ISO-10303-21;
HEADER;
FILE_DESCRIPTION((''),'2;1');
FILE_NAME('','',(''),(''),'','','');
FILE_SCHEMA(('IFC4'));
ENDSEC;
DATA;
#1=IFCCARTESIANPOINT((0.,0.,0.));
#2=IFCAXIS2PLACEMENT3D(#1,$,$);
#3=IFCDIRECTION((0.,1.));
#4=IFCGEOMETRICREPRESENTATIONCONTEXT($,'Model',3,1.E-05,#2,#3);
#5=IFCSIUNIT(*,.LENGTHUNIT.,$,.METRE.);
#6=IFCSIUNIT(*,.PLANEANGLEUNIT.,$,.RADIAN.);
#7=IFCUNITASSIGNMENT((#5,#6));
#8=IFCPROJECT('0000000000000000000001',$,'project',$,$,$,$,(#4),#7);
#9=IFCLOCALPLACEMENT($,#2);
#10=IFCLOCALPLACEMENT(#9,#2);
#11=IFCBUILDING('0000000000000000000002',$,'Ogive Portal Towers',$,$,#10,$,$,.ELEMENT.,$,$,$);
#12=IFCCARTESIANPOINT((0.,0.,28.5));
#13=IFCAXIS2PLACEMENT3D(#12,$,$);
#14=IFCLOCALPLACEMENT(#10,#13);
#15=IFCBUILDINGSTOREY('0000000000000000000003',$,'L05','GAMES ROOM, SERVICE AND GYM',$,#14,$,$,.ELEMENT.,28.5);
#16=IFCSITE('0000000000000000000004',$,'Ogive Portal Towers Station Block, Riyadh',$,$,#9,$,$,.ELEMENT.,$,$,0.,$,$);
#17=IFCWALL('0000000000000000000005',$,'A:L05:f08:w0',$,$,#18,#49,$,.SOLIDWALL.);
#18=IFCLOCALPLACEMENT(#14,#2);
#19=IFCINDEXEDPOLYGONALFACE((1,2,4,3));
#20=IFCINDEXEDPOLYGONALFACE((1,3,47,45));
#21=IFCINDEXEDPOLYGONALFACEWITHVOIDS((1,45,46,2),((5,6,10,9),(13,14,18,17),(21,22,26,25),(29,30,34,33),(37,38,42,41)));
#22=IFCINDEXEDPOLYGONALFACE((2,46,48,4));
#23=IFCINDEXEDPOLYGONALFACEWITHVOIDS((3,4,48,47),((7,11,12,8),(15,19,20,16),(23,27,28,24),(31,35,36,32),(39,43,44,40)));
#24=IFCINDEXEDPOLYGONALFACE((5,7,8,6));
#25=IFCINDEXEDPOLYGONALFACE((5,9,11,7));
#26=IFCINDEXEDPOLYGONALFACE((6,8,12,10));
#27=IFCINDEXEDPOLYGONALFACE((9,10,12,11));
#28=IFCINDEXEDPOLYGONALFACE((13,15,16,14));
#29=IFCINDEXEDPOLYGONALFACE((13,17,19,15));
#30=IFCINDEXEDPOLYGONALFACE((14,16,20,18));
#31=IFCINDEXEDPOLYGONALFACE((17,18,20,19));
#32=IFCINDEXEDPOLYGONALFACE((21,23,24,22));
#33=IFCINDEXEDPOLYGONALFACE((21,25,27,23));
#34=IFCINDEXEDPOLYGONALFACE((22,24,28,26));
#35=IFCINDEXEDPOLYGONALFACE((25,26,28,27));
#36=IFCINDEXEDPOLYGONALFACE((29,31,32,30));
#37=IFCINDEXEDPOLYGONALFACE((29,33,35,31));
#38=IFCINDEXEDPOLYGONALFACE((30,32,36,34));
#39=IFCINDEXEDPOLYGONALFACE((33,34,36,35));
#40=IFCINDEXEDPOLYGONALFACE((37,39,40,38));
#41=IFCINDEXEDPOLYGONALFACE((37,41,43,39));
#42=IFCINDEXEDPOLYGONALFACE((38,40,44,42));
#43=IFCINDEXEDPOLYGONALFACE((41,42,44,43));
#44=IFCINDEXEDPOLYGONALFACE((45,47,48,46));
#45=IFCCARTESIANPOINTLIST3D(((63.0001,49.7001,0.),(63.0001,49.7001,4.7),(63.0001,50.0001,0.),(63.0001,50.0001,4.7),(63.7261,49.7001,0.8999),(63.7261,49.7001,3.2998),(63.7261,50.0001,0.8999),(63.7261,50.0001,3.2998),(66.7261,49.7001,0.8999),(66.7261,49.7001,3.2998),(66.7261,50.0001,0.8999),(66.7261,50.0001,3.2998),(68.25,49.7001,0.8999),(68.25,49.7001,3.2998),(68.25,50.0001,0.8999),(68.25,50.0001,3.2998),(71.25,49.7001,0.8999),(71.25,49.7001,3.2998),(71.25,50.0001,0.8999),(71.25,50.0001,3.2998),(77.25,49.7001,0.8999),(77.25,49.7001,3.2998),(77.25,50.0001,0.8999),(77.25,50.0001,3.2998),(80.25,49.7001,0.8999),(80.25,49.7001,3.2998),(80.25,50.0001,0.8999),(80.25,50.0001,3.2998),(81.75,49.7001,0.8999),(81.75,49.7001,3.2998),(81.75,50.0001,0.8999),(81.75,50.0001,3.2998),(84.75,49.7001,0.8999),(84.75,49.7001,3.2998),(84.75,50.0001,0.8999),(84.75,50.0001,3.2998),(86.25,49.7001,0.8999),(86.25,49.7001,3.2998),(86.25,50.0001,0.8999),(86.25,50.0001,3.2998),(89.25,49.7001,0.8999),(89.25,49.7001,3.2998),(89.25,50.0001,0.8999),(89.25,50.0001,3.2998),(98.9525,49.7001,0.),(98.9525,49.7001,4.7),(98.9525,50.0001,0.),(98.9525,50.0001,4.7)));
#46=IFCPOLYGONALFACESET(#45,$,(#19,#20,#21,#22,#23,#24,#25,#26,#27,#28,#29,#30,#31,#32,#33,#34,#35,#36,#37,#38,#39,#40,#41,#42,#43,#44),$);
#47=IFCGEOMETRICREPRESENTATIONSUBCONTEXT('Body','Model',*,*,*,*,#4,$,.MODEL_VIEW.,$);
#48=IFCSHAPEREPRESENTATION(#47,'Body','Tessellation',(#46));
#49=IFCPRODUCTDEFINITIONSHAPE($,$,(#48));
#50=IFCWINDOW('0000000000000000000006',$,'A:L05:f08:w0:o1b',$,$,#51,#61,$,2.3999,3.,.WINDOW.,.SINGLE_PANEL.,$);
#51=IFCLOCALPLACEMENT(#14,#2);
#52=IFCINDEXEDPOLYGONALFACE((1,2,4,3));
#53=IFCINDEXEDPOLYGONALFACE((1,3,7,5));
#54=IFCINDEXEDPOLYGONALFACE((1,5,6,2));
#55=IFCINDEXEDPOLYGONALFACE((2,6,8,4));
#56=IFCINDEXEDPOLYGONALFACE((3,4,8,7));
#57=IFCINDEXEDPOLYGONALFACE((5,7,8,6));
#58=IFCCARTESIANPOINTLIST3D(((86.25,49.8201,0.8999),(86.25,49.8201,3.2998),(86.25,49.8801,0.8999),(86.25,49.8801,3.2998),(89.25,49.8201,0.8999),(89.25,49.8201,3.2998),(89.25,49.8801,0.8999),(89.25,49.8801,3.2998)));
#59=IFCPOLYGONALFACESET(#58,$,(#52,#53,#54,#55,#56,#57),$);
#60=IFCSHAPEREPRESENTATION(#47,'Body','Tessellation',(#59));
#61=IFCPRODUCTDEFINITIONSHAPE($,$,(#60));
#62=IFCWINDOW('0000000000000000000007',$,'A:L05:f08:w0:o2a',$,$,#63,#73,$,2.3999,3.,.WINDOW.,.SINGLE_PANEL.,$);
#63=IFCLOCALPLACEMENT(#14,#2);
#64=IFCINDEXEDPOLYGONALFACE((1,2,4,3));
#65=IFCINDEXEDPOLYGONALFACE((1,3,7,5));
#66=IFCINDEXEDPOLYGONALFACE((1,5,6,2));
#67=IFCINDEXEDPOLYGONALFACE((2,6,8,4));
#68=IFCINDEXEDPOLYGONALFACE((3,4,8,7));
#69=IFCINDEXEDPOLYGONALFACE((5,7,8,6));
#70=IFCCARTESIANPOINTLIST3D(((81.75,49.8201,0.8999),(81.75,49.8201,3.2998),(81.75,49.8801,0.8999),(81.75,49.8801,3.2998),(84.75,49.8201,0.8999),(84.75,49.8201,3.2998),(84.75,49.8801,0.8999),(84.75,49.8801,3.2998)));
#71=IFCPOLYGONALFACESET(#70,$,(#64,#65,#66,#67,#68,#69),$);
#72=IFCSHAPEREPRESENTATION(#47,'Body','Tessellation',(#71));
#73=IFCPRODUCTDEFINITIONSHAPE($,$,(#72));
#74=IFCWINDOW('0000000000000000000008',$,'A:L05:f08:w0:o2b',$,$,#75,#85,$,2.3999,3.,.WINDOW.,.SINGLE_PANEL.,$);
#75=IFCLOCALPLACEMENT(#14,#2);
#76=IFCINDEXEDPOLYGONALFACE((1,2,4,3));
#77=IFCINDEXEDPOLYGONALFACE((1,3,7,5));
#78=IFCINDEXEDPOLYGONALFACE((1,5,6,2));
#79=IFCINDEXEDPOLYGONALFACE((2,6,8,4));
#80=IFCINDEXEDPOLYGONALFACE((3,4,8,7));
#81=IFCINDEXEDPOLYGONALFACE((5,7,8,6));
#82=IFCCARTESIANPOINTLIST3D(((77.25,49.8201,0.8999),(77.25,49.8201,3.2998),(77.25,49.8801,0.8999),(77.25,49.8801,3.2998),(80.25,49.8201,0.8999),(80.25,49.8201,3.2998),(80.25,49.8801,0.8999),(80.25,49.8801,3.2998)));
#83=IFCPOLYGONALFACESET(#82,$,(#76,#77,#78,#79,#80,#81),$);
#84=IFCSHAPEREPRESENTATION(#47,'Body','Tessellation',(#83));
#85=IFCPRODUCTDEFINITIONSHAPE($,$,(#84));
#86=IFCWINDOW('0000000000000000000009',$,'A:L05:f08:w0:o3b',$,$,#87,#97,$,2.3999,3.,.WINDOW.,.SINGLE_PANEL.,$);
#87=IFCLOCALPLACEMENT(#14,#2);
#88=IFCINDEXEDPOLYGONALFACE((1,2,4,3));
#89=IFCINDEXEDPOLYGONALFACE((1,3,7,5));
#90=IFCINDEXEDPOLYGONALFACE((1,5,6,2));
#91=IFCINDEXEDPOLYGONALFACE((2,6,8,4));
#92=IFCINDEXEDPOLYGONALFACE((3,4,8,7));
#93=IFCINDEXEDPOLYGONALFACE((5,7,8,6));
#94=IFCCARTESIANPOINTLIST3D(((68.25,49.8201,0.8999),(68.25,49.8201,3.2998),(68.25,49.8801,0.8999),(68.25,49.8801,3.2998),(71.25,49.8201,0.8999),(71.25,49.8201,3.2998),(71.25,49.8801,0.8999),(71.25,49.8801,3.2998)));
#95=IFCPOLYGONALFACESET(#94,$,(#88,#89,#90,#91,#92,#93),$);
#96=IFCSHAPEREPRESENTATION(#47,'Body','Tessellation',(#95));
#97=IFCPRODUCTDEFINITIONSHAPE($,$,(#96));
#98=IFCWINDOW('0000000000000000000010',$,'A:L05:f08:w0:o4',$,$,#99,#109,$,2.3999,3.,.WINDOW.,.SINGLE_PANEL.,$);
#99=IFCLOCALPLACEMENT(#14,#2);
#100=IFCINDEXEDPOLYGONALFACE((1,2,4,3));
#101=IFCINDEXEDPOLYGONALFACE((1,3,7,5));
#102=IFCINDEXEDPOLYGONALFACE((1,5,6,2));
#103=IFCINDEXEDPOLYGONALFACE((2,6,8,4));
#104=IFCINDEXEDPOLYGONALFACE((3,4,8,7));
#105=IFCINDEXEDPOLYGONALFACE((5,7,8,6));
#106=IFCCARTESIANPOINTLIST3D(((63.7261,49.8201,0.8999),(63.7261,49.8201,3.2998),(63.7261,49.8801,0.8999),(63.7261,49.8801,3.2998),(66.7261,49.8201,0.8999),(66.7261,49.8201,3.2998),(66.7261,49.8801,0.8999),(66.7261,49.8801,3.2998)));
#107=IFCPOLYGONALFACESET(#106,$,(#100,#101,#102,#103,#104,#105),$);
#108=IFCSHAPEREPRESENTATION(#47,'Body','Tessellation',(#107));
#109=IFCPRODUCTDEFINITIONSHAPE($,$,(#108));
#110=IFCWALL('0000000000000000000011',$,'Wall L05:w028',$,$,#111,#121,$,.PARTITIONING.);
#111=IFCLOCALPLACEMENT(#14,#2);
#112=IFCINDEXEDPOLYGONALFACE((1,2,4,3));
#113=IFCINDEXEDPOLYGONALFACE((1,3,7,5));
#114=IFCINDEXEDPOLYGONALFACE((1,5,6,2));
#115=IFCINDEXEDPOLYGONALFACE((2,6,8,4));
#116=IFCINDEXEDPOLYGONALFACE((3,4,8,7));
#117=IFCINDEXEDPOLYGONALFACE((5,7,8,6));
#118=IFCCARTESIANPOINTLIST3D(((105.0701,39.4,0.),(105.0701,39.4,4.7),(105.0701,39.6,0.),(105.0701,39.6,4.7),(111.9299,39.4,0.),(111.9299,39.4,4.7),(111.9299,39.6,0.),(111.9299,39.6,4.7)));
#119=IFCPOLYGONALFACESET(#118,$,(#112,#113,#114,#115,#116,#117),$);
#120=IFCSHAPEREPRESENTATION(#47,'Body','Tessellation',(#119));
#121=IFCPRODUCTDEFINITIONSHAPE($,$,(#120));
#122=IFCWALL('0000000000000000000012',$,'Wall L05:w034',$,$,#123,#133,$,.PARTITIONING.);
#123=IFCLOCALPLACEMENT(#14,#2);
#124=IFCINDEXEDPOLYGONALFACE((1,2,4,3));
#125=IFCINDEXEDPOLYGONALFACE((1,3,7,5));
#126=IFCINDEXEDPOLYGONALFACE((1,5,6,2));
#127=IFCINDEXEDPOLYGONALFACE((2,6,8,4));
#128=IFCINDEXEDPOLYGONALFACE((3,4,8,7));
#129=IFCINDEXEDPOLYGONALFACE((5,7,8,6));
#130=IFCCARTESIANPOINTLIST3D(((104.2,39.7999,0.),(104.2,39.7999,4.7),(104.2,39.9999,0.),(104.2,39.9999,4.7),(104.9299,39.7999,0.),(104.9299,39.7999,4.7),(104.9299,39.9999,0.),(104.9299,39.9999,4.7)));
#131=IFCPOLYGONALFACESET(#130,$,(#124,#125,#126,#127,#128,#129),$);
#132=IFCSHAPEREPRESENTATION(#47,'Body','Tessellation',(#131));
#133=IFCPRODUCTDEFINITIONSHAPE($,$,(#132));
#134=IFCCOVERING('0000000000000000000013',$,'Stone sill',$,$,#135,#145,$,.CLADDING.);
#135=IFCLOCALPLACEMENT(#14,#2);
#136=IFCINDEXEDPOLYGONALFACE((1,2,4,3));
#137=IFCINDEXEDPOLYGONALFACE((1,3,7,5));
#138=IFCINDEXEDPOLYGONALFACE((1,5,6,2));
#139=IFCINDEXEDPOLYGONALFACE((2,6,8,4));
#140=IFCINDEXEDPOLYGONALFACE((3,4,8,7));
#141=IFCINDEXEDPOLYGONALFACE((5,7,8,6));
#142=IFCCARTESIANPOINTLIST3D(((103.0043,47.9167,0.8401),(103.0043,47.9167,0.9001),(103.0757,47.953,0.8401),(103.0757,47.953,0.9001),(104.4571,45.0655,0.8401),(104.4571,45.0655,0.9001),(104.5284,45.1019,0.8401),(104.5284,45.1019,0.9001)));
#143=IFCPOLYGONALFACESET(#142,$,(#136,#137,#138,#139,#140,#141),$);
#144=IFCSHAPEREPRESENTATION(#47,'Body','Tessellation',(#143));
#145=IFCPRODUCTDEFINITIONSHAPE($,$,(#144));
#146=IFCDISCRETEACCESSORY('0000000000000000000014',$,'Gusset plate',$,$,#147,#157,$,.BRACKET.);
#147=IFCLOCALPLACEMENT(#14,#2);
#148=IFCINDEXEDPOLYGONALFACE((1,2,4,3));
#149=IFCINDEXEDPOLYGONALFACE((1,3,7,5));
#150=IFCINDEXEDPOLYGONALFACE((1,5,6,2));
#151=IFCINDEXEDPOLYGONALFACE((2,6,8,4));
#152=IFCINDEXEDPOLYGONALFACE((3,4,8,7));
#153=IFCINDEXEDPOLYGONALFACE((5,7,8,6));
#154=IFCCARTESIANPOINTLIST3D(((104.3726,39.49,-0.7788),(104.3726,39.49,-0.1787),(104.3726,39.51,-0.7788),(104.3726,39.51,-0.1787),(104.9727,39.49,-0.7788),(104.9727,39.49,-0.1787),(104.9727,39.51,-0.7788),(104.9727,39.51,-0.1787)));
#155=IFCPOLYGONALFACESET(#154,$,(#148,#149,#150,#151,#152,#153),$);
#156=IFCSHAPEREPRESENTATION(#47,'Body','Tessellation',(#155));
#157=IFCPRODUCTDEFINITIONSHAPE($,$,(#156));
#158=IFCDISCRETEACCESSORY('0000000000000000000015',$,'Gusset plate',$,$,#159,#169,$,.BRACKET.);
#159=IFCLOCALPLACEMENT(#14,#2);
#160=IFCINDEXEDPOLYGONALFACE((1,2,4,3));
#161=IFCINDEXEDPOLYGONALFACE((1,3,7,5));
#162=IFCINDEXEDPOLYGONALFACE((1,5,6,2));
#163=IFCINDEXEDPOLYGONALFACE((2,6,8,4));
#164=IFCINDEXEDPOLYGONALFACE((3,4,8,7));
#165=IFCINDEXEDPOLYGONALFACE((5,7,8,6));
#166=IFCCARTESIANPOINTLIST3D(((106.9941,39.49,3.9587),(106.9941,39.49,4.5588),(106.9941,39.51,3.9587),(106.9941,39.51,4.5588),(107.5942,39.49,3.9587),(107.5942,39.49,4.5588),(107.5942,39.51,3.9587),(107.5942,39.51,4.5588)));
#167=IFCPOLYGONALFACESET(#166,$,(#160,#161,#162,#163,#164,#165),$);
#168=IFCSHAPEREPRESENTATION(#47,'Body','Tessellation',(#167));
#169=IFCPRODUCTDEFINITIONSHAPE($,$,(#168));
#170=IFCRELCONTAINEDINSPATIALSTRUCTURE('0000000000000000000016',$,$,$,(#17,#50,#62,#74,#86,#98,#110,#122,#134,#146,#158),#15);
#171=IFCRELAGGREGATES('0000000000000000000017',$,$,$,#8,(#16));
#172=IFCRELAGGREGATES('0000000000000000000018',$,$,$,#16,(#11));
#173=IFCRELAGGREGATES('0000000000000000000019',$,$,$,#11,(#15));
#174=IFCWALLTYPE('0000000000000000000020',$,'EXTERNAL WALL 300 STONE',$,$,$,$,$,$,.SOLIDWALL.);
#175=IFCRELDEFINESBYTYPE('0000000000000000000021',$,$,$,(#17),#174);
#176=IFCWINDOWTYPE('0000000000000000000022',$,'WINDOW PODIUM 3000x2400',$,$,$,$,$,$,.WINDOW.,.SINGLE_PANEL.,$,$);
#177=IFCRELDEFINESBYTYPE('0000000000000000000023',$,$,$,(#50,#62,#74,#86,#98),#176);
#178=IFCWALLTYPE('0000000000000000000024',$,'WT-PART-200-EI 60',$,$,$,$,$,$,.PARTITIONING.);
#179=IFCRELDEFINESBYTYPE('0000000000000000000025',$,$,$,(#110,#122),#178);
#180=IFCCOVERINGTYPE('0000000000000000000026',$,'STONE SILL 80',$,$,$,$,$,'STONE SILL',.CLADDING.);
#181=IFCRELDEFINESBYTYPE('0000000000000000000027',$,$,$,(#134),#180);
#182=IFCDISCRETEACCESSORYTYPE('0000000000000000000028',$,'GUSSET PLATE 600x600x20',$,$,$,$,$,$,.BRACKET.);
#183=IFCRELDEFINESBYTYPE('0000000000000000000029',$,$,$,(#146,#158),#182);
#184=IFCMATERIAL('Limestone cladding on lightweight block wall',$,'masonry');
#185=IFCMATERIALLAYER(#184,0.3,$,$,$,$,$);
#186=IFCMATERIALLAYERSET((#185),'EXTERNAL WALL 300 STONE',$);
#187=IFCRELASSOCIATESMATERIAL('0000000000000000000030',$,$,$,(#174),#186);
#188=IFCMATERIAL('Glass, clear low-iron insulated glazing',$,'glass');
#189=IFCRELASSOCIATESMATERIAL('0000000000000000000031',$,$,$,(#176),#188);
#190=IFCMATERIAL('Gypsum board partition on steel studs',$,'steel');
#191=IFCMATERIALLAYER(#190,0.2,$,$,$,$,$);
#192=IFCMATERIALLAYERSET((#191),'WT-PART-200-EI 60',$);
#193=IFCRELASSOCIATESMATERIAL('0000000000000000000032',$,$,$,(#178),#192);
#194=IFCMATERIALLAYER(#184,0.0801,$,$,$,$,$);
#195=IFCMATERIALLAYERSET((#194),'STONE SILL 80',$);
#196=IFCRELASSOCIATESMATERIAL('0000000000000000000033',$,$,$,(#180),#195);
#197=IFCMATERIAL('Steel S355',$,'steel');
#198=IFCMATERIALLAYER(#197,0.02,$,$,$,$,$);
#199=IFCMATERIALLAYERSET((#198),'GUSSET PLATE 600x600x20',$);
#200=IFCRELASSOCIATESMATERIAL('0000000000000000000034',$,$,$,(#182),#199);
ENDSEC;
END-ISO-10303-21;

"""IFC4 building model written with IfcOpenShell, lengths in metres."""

from ifc_helpers import new_model, si_unit, direction, frame, frame_2d, origin, origin_2d, place, context, subcontext, project, spatial, rectangle, extrude, material, layer, layer_set, type_object, element, fill, save


model = new_model("IFC4")

# Units and contexts
model_context = context("Model", 3, precision=1e-05, world=origin(), true_north=direction((0.0, 1.0)))
body_context = subcontext(model_context, "Body", "Model", "MODEL_VIEW")
ifc_project = project(units=[si_unit("LENGTHUNIT", "METRE"), si_unit("PLANEANGLEUNIT", "RADIAN")], contexts=[model_context])

# Site, building, storey
site_placement = place(None, origin())
site = spatial("IfcSite", under=ifc_project, at=site_placement, Name="Ogive Portal Towers Station Block, Riyadh", CompositionType="ELEMENT", RefElevation=0.0)
building_placement = place(site_placement, origin())
building = spatial("IfcBuilding", under=site, at=building_placement, Name="Ogive Portal Towers", CompositionType="ELEMENT")
storey_placement = place(building_placement, frame((0.0, 0.0, 28.5)))
storey = spatial("IfcBuildingStorey", under=building, at=storey_placement, Name="L05", Description="GAMES ROOM, SERVICE AND GYM", CompositionType="ELEMENT", Elevation=28.5)

# Shared definitions
ifc_material_1 = material(Name="Steel S355", Category="steel")

# Shared definitions
ifc_material_2 = material(Name="Limestone cladding on lightweight block wall", Category="masonry")
ifc_layer_1 = layer(ifc_material_2, 0.3)
ifc_layer_set_1 = layer_set([ifc_layer_1], Name="EXTERNAL WALL 300 STONE")
wall_type_1 = type_object("IfcWallType", Name="EXTERNAL WALL 300 STONE", PredefinedType="SOLIDWALL", material=ifc_layer_set_1)
ifc_material_3 = material(Name="Glass, clear low-iron insulated glazing", Category="glass")
window_type = type_object("IfcWindowType", Name="WINDOW PODIUM 3000x2400", PartitioningType="SINGLE_PANEL", PredefinedType="WINDOW", material=ifc_material_3)

# Wall, openings, windows
wall_1_placement = place(storey_placement, frame((98.9524, 49.8501, 0.0), z_axis=(0.0, 0.0, 1.0), x_axis=(-1.0, 0.0, 0.0)))
wall_1 = element("IfcWall", 1, at=wall_1_placement, inside=storey, type_object=wall_type_1, Name="A:L05:f08:w0", PredefinedType="SOLIDWALL", context=body_context, shape_type="SweptSolid", body=[
    extrude(rectangle(XDim=35.9524, YDim=0.3, at=frame_2d((17.9761, 0.0))), origin(), (0.0, 0.0, 1.0), 4.7),
])
opening_1_placement = place(wall_1_placement, frame((9.7024, 0.0, 0.8999)))
opening_1 = element("IfcOpeningElement", 2, at=opening_1_placement, cuts=wall_1, PredefinedType="OPENING", context=body_context, shape_type="SweptSolid", body=[
    extrude(rectangle(XDim=3.0, YDim=2.3999, at=frame_2d((1.5, 1.2))), frame((0.0, 0.1602, 0.0), z_axis=(0.0, -1.0, 0.0), x_axis=(1.0, 0.0, 0.0)), (0.0, 0.0, 1.0), 0.3201),
])
opening_2_placement = place(wall_1_placement, frame((14.2024, 0.0, 0.8999)))
opening_2 = element("IfcOpeningElement", 3, at=opening_2_placement, cuts=wall_1, PredefinedType="OPENING", context=body_context, shape_type="SweptSolid", body=[
    extrude(rectangle(XDim=3.0, YDim=2.3999, at=frame_2d((1.5, 1.2))), frame((0.0, 0.1602, 0.0), z_axis=(0.0, -1.0, 0.0), x_axis=(1.0, 0.0, 0.0)), (0.0, 0.0, 1.0), 0.3201),
])
opening_3_placement = place(wall_1_placement, frame((18.7024, 0.0, 0.8999)))
opening_3 = element("IfcOpeningElement", 4, at=opening_3_placement, cuts=wall_1, PredefinedType="OPENING", context=body_context, shape_type="SweptSolid", body=[
    extrude(rectangle(XDim=3.0, YDim=2.3999, at=frame_2d((1.5, 1.2))), frame((0.0, 0.1602, 0.0), z_axis=(0.0, -1.0, 0.0), x_axis=(1.0, 0.0, 0.0)), (0.0, 0.0, 1.0), 0.3201),
])
opening_4_placement = place(wall_1_placement, frame((27.7024, 0.0, 0.8999)))
opening_4 = element("IfcOpeningElement", 5, at=opening_4_placement, cuts=wall_1, PredefinedType="OPENING", context=body_context, shape_type="SweptSolid", body=[
    extrude(rectangle(XDim=3.0, YDim=2.3999, at=frame_2d((1.5, 1.2))), frame((0.0, 0.1602, 0.0), z_axis=(0.0, -1.0, 0.0), x_axis=(1.0, 0.0, 0.0)), (0.0, 0.0, 1.0), 0.3201),
])
opening_5_placement = place(wall_1_placement, frame((32.2263, 0.0, 0.8999)))
opening_5 = element("IfcOpeningElement", 6, at=opening_5_placement, cuts=wall_1, PredefinedType="OPENING", context=body_context, shape_type="SweptSolid", body=[
    extrude(rectangle(XDim=3.0, YDim=2.3999, at=frame_2d((1.5, 1.2))), frame((0.0, 0.1602, 0.0), z_axis=(0.0, -1.0, 0.0), x_axis=(1.0, 0.0, 0.0)), (0.0, 0.0, 1.0), 0.3201),
])
window_1_placement = place(opening_1_placement, origin())
window_1 = element("IfcWindow", 7, at=window_1_placement, inside=storey, type_object=window_type, Name="A:L05:f08:w0:o1b", OverallHeight=2.3999, OverallWidth=3.0, PartitioningType="SINGLE_PANEL", PredefinedType="WINDOW", context=body_context, shape_type="SweptSolid", body=[
    extrude(rectangle(XDim=3.0, YDim=2.3999, at=frame_2d((1.5, 1.2))), frame((0.0, 0.03, 0.0), z_axis=(0.0, -1.0, 0.0), x_axis=(1.0, 0.0, 0.0)), (0.0, 0.0, 1.0), 0.0601),
])
fill(opening_1, window_1)
window_2_placement = place(opening_2_placement, origin())
window_2 = element("IfcWindow", 8, at=window_2_placement, inside=storey, type_object=window_type, Name="A:L05:f08:w0:o2a", OverallHeight=2.3999, OverallWidth=3.0, PartitioningType="SINGLE_PANEL", PredefinedType="WINDOW", context=body_context, shape_type="SweptSolid", body=[
    extrude(rectangle(XDim=3.0, YDim=2.3999, at=frame_2d((1.5, 1.2))), frame((0.0, 0.03, 0.0), z_axis=(0.0, -1.0, 0.0), x_axis=(1.0, 0.0, 0.0)), (0.0, 0.0, 1.0), 0.0601),
])
fill(opening_2, window_2)
window_3_placement = place(opening_3_placement, origin())
window_3 = element("IfcWindow", 9, at=window_3_placement, inside=storey, type_object=window_type, Name="A:L05:f08:w0:o2b", OverallHeight=2.3999, OverallWidth=3.0, PartitioningType="SINGLE_PANEL", PredefinedType="WINDOW", context=body_context, shape_type="SweptSolid", body=[
    extrude(rectangle(XDim=3.0, YDim=2.3999, at=frame_2d((1.5, 1.2))), frame((0.0, 0.03, 0.0), z_axis=(0.0, -1.0, 0.0), x_axis=(1.0, 0.0, 0.0)), (0.0, 0.0, 1.0), 0.0601),
])
fill(opening_3, window_3)
window_4_placement = place(opening_4_placement, origin())
window_4 = element("IfcWindow", 10, at=window_4_placement, inside=storey, type_object=window_type, Name="A:L05:f08:w0:o3b", OverallHeight=2.3999, OverallWidth=3.0, PartitioningType="SINGLE_PANEL", PredefinedType="WINDOW", context=body_context, shape_type="SweptSolid", body=[
    extrude(rectangle(XDim=3.0, YDim=2.3999, at=frame_2d((1.5, 1.2))), frame((0.0, 0.03, 0.0), z_axis=(0.0, -1.0, 0.0), x_axis=(1.0, 0.0, 0.0)), (0.0, 0.0, 1.0), 0.0601),
])
fill(opening_4, window_4)
window_5_placement = place(opening_5_placement, origin())
window_5 = element("IfcWindow", 11, at=window_5_placement, inside=storey, type_object=window_type, Name="A:L05:f08:w0:o4", OverallHeight=2.3999, OverallWidth=3.0, PartitioningType="SINGLE_PANEL", PredefinedType="WINDOW", context=body_context, shape_type="SweptSolid", body=[
    extrude(rectangle(XDim=3.0, YDim=2.3999, at=frame_2d((1.5, 1.2))), frame((0.0, 0.03, 0.0), z_axis=(0.0, -1.0, 0.0), x_axis=(1.0, 0.0, 0.0)), (0.0, 0.0, 1.0), 0.0601),
])
fill(opening_5, window_5)

# Walls
ifc_material_4 = material(Name="Gypsum board partition on steel studs", Category="steel")
ifc_layer_2 = layer(ifc_material_4, 0.2)
ifc_layer_set_2 = layer_set([ifc_layer_2], Name="WT-PART-200-EI 60")
wall_type_2 = type_object("IfcWallType", Name="WT-PART-200-EI 60", PredefinedType="PARTITIONING", material=ifc_layer_set_2)
wall_2_placement = place(storey_placement, frame((105.0701, 39.5, 0.0), z_axis=(0.0, 0.0, 1.0), x_axis=(1.0, 0.0, 0.0)))
element("IfcWall", 12, at=wall_2_placement, inside=storey, type_object=wall_type_2, Name="Wall L05:w028", PredefinedType="PARTITIONING", context=body_context, shape_type="SweptSolid", body=[
    extrude(rectangle(XDim=6.8599, YDim=0.2, at=frame_2d((3.4299, 0.0))), origin(), (0.0, 0.0, 1.0), 4.7),
])
wall_3_placement = place(storey_placement, frame((104.2, 39.8999, 0.0), z_axis=(0.0, 0.0, 1.0), x_axis=(1.0, 0.0, 0.0)))
element("IfcWall", 13, at=wall_3_placement, inside=storey, type_object=wall_type_2, Name="Wall L05:w034", PredefinedType="PARTITIONING", context=body_context, shape_type="SweptSolid", body=[
    extrude(rectangle(XDim=0.73, YDim=0.2, at=frame_2d((0.365, 0.0))), origin(), (0.0, 0.0, 1.0), 4.7),
])

# Covering
ifc_layer_3 = layer(ifc_material_2, 0.0801)
ifc_layer_set_3 = layer_set([ifc_layer_3], Name="STONE SILL 80")
covering_type = type_object("IfcCoveringType", Name="STONE SILL 80", ElementType="STONE SILL", PredefinedType="CLADDING", material=ifc_layer_set_3)
covering_placement = place(storey_placement, frame((103.7664, 46.5093, 0.8401), z_axis=(0.0, 0.0, 1.0), x_axis=(-0.45399, 0.891007, 0.0)))
element("IfcCovering", 14, at=covering_placement, inside=storey, type_object=covering_type, Name="Stone sill", PredefinedType="CLADDING", context=body_context, shape_type="SweptSolid", body=[
    extrude(rectangle(XDim=3.2, YDim=0.0801, at=origin_2d()), origin(), (0.0, 0.0, 1.0), 0.0601),
])

# Discrete accessories
ifc_layer_4 = layer(ifc_material_1, 0.02)
ifc_layer_set_4 = layer_set([ifc_layer_4], Name="GUSSET PLATE 600x600x20")
discrete_accessory_type = type_object("IfcDiscreteAccessoryType", Name="GUSSET PLATE 600x600x20", PredefinedType="BRACKET", material=ifc_layer_set_4)
for number, where, z_axis, x_axis, name in (
    (15, (104.6726, 39.5, -0.7788), (0.0, 0.0, 1.0), (1.0, 0.0, 0.0), "Gusset plate"),
    (16, (107.2942, 39.5, 3.9587), (0.0, 0.0, 1.0), (1.0, 0.0, 0.0), "Gusset plate"),
):
    element("IfcDiscreteAccessory", number, at=place(storey_placement, frame(where, z_axis=z_axis, x_axis=x_axis)), inside=storey, type_object=discrete_accessory_type, Name=name, PredefinedType="BRACKET", context=body_context, shape_type="SweptSolid", body=[
        extrude(rectangle(XDim=0.6001, YDim=0.02, at=origin_2d()), origin(), (0.0, 0.0, 1.0), 0.6001),
    ])

save(model, "model.ifc")
